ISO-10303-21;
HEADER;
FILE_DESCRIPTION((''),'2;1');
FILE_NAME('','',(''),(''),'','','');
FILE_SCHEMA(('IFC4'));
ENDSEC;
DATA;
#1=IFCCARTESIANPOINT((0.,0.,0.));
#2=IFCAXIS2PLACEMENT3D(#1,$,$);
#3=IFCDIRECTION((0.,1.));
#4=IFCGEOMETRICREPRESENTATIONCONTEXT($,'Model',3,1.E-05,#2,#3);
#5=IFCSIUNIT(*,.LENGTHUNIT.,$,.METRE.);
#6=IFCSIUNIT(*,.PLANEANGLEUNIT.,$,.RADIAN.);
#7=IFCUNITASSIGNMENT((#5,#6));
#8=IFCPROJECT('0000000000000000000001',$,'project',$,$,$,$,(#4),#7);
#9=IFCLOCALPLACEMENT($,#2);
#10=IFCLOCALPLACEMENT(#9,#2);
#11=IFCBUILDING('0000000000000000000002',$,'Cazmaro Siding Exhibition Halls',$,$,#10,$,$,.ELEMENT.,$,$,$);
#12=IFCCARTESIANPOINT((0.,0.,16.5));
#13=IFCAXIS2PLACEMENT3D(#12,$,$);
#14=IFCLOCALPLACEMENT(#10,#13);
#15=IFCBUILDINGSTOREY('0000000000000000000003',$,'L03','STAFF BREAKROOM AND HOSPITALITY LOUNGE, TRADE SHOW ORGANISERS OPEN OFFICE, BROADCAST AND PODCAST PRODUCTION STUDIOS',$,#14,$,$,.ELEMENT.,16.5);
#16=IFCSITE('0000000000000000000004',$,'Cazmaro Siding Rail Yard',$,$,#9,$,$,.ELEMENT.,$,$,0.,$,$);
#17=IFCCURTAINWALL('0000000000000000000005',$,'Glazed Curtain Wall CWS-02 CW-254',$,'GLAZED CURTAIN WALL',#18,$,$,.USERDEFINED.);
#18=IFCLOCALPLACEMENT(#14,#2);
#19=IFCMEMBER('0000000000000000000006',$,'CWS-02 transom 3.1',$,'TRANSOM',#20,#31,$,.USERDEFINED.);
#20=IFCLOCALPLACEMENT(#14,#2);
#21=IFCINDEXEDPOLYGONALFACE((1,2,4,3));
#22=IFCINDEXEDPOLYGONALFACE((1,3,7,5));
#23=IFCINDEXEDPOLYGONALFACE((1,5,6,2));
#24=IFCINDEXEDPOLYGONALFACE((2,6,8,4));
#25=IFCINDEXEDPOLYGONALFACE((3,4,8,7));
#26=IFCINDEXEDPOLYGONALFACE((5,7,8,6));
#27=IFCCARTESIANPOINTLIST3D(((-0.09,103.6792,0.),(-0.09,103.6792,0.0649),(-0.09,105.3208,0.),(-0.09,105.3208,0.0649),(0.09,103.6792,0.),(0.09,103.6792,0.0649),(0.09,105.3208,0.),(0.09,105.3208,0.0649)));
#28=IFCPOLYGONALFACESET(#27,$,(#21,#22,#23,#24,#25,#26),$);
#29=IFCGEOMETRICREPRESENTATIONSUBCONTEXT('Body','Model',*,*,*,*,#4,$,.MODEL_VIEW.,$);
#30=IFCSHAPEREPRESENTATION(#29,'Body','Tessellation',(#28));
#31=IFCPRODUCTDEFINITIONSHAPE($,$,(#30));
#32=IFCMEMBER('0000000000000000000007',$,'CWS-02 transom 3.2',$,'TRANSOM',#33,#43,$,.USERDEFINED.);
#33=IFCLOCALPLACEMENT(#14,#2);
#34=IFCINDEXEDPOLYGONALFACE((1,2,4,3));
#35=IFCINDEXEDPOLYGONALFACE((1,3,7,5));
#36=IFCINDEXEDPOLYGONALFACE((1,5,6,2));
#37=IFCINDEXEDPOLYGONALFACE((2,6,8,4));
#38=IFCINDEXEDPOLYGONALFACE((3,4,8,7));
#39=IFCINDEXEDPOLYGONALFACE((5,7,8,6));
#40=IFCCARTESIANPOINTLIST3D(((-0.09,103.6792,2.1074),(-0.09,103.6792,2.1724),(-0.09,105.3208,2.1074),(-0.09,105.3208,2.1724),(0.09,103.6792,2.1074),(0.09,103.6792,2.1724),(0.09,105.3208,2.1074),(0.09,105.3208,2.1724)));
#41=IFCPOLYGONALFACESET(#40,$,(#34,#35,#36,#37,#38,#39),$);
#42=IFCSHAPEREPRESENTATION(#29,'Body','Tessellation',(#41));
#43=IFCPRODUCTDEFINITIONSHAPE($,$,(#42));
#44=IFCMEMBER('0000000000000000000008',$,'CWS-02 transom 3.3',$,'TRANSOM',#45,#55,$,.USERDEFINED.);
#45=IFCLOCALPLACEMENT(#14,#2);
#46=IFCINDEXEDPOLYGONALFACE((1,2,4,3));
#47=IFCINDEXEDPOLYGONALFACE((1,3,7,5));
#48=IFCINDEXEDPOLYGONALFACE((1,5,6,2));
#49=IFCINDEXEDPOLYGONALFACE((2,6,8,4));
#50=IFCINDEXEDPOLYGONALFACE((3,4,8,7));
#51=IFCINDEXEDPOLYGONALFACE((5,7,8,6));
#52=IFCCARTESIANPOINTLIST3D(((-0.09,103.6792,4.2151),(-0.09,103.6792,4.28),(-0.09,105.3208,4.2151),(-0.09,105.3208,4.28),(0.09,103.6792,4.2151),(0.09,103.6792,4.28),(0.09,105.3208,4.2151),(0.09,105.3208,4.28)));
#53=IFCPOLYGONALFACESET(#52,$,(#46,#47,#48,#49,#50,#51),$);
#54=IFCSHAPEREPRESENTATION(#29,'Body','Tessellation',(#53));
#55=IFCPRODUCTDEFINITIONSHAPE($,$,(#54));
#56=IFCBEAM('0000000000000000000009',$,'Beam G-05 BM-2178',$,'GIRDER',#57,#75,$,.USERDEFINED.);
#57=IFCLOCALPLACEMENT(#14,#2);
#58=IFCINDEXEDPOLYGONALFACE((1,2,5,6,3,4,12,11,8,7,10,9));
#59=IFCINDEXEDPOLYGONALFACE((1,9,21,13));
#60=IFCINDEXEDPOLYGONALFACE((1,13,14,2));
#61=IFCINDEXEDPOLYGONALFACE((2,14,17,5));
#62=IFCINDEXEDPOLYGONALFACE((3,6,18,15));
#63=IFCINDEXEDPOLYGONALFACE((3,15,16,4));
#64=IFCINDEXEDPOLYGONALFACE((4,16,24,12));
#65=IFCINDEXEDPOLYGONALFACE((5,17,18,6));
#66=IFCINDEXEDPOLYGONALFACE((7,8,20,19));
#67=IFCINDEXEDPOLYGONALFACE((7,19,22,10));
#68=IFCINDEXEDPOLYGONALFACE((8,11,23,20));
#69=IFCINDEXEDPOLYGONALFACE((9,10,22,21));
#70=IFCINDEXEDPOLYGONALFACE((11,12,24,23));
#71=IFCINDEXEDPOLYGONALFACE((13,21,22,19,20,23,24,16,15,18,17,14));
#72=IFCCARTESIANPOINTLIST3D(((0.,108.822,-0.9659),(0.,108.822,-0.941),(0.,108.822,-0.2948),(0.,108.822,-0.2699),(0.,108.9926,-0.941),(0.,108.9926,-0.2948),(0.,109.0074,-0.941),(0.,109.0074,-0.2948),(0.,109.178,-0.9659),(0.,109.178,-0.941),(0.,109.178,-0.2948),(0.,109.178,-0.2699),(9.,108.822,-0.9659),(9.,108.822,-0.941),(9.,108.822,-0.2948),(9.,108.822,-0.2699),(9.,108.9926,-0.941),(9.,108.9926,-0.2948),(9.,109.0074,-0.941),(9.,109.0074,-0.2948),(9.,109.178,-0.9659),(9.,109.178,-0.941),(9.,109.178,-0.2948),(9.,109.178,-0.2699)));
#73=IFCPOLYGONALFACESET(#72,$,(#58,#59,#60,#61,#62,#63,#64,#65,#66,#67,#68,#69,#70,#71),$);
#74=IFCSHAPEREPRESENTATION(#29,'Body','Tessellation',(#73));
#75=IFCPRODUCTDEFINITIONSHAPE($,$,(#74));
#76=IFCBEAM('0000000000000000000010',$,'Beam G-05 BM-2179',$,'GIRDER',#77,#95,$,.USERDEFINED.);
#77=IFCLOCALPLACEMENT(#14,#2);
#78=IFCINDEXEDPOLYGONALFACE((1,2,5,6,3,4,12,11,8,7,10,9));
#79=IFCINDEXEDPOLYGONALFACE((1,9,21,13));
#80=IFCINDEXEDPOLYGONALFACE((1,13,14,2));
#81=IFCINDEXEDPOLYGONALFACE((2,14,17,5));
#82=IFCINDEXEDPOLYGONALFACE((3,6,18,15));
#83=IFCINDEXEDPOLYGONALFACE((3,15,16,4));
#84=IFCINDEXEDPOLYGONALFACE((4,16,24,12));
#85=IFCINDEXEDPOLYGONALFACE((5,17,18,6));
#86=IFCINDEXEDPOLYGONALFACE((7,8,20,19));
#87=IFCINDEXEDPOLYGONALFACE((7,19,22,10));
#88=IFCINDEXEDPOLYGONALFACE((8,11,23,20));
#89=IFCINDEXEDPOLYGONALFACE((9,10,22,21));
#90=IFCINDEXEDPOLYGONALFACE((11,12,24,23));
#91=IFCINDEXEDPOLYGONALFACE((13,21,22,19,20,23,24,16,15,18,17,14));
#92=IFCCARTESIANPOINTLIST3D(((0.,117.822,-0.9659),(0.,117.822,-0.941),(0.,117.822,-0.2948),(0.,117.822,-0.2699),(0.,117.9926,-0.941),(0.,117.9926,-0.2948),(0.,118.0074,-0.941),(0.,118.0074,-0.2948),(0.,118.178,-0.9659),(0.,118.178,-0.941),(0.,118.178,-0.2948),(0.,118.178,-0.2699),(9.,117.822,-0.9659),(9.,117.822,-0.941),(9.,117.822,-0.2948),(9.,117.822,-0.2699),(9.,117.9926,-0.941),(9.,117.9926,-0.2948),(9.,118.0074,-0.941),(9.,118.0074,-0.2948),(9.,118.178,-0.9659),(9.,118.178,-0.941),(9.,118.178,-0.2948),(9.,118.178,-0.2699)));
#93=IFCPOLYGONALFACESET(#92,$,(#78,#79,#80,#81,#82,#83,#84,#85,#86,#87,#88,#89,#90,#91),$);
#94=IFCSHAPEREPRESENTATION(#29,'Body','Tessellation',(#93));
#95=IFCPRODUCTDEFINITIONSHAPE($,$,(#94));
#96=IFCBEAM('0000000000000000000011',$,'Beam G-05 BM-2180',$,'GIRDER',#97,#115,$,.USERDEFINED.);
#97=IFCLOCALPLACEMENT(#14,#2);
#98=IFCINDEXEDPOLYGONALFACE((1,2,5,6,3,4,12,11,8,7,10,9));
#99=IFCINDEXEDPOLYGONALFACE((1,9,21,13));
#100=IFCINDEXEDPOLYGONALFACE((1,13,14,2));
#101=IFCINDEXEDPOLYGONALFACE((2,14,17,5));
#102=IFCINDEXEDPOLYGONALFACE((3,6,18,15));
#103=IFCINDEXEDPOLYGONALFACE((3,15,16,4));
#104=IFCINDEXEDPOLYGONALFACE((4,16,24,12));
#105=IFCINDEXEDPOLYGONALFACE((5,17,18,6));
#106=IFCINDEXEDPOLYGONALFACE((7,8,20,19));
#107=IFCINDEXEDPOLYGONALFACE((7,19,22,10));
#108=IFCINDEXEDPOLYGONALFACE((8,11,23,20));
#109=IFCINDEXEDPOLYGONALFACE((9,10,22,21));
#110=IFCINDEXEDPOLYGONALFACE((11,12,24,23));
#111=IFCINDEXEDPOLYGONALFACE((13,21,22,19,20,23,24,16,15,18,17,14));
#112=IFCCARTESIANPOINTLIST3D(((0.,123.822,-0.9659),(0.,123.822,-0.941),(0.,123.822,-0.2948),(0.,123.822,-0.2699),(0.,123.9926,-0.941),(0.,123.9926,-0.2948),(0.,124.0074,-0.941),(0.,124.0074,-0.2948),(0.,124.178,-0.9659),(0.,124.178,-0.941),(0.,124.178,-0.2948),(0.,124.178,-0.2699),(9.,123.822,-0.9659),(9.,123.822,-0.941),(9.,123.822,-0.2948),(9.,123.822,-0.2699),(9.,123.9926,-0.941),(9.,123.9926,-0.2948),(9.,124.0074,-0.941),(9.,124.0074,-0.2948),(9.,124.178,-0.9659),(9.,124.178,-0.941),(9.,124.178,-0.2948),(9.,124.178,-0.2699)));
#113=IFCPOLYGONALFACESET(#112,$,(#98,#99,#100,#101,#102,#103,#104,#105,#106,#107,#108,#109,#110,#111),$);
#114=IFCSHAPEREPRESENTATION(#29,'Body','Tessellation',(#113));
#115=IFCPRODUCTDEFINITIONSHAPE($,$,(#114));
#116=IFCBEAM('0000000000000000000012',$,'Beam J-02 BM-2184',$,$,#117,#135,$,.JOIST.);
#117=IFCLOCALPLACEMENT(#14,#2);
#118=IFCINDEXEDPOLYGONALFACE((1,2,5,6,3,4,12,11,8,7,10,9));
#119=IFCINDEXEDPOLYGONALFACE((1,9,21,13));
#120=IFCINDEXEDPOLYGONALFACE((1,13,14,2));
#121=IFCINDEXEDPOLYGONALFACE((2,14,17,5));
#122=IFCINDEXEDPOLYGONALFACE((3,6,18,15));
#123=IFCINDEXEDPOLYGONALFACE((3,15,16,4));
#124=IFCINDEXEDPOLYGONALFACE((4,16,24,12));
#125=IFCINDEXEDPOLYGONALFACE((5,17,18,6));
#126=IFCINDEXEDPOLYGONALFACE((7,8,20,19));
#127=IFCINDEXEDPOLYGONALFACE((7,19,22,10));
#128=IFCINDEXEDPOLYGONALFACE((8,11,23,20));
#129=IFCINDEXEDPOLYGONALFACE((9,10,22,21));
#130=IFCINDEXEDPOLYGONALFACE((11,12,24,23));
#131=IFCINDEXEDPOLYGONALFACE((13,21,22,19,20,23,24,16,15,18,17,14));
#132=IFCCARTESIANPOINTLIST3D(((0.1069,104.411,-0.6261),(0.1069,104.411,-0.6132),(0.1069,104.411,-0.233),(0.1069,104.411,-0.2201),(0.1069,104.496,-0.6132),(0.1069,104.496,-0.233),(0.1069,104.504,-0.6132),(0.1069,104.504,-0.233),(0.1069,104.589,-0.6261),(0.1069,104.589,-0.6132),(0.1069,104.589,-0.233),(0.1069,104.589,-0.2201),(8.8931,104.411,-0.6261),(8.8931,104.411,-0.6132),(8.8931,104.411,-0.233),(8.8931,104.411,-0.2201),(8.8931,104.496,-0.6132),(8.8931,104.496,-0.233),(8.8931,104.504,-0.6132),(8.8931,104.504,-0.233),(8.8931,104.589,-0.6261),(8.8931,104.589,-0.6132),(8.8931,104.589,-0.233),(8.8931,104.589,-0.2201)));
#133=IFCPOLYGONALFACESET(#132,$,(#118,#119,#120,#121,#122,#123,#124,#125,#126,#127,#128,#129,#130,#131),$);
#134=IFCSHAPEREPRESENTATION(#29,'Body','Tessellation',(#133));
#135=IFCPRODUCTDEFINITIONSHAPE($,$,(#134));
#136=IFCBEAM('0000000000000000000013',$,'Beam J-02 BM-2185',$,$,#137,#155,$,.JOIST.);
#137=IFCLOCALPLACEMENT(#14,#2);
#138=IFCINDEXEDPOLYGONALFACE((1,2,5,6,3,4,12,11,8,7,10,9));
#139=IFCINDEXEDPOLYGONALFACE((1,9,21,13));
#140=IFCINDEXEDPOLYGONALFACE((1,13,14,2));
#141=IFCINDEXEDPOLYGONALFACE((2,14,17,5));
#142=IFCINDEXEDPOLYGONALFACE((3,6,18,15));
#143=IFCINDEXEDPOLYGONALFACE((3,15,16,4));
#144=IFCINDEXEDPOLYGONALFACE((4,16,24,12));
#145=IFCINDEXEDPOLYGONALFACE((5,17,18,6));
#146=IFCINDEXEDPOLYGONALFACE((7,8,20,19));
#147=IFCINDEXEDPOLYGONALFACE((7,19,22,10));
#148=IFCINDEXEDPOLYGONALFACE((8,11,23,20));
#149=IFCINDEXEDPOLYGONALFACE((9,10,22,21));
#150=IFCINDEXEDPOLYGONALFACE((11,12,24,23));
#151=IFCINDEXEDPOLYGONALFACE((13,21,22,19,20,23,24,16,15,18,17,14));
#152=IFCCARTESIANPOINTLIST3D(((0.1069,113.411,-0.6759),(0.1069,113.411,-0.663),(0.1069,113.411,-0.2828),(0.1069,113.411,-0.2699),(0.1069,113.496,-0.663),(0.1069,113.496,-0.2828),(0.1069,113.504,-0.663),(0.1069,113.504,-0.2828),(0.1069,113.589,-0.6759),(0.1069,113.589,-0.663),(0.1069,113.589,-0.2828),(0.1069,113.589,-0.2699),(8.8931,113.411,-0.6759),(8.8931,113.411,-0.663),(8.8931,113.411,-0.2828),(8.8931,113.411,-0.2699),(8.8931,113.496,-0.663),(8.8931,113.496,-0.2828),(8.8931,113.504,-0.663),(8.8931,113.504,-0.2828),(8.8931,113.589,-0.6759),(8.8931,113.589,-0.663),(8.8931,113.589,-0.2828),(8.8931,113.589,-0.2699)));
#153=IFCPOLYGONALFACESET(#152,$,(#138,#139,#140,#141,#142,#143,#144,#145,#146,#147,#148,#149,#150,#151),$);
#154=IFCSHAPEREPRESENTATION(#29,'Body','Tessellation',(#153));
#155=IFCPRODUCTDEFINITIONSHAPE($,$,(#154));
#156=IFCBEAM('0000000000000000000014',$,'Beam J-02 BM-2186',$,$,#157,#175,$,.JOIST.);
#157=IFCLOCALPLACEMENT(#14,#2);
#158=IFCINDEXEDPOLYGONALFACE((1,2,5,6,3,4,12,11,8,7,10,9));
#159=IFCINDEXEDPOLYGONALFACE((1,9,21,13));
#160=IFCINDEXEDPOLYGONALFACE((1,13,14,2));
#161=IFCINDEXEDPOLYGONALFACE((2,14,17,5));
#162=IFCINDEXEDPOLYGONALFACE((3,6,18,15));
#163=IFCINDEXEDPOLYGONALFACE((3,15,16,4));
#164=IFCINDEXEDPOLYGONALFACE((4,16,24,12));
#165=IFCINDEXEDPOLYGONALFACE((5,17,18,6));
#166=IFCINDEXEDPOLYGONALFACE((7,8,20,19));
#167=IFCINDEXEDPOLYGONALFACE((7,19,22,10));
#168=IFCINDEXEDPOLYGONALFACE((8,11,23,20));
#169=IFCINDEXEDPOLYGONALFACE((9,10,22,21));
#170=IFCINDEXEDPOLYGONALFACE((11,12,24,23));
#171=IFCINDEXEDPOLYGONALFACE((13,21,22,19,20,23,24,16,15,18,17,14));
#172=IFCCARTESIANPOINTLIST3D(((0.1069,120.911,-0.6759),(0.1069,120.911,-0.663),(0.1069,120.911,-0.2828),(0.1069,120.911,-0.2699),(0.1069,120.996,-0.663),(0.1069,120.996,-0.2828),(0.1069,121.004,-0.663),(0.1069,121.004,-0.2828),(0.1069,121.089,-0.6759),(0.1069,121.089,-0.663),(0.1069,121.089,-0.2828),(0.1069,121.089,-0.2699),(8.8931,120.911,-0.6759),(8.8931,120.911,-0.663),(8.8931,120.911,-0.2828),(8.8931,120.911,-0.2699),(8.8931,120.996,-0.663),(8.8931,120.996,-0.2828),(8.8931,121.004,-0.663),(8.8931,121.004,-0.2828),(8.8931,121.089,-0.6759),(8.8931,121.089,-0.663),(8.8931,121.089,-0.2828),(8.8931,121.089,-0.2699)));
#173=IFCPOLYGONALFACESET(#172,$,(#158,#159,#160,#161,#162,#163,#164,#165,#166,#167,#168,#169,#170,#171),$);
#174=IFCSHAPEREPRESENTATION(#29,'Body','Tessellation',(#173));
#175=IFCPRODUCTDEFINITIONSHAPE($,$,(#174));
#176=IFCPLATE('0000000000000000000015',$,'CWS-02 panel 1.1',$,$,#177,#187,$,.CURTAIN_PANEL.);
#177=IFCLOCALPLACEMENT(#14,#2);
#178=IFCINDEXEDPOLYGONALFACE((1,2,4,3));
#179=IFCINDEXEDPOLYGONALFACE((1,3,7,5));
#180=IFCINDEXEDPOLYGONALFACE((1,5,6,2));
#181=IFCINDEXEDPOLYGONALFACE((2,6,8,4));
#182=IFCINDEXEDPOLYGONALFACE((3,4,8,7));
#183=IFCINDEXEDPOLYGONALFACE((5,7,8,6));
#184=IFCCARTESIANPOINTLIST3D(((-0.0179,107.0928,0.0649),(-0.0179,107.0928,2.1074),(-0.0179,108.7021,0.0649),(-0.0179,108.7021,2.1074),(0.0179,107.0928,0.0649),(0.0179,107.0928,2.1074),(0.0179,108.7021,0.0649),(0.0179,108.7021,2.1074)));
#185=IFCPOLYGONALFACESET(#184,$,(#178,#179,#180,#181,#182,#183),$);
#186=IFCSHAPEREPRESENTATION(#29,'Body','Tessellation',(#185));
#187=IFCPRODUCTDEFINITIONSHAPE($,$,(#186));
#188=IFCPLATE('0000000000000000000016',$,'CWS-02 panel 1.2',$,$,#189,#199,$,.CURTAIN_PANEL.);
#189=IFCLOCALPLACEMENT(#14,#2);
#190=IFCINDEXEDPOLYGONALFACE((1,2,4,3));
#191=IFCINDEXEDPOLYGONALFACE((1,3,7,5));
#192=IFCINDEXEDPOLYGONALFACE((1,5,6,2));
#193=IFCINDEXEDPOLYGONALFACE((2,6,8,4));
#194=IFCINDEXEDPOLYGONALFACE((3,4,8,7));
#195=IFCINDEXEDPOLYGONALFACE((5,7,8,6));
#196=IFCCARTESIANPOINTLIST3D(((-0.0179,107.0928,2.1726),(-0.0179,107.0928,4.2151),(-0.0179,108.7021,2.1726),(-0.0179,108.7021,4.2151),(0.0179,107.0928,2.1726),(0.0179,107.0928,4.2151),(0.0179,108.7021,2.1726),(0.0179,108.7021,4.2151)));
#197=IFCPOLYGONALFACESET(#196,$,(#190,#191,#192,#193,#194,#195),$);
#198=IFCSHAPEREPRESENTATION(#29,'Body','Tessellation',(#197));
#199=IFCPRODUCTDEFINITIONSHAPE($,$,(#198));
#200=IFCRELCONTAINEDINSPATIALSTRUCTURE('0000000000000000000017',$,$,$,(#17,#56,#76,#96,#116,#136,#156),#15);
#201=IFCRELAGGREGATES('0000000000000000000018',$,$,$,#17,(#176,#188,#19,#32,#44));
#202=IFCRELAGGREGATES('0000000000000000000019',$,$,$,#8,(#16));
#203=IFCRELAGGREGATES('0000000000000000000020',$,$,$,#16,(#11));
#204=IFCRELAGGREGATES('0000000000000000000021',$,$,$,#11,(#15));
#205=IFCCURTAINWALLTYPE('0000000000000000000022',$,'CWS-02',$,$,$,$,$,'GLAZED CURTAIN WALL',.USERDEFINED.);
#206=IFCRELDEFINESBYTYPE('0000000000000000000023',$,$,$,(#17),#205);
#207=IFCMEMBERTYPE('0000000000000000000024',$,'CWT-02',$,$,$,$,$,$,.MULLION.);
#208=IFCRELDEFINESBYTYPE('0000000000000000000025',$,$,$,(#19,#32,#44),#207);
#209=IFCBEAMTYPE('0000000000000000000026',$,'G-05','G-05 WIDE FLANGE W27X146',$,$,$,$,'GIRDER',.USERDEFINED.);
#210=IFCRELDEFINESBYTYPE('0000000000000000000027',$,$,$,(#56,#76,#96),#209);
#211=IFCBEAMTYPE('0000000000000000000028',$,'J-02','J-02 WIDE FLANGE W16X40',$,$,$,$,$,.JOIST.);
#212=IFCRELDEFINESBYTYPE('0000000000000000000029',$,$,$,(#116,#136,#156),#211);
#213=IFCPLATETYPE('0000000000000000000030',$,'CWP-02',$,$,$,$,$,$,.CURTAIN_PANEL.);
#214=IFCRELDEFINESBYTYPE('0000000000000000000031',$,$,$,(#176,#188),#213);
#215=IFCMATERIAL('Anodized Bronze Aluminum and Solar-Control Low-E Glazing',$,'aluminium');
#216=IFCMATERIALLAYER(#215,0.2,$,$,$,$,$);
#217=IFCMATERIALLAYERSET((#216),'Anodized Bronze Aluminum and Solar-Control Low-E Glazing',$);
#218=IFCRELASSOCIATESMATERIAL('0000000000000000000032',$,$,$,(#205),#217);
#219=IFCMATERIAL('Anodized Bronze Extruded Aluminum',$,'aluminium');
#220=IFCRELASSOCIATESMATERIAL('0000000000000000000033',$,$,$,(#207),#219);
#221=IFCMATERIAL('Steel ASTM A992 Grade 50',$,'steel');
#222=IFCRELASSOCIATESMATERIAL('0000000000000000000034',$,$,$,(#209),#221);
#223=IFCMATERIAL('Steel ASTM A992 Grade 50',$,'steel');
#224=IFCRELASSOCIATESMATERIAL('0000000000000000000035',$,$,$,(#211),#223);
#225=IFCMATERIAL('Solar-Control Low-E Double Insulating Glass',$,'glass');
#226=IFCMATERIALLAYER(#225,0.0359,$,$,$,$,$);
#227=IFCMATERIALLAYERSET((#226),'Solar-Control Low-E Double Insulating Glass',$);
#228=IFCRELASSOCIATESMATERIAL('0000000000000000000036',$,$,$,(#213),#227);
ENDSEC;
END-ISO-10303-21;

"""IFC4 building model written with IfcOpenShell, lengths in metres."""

from ifc_helpers import new_model, si_unit, direction, frame, origin, origin_2d, place, context, subcontext, project, spatial, rectangle, i_section, extrude, material, layer, layer_set, material_profile, profile_set, type_object, element, aggregate, save


model = new_model("IFC4")

# Units and contexts
model_context = context("Model", 3, precision=1e-05, world=origin(), true_north=direction((0.0, 1.0)))
body_context = subcontext(model_context, "Body", "Model", "MODEL_VIEW")
ifc_project = project(units=[si_unit("LENGTHUNIT", "METRE"), si_unit("PLANEANGLEUNIT", "RADIAN")], contexts=[model_context])

# Site, building, storey
site_placement = place(None, origin())
site = spatial("IfcSite", under=ifc_project, at=site_placement, Name="Cazmaro Siding Rail Yard", CompositionType="ELEMENT", RefElevation=0.0)
building_placement = place(site_placement, origin())
building = spatial("IfcBuilding", under=site, at=building_placement, Name="Cazmaro Siding Exhibition Halls", CompositionType="ELEMENT")
storey_placement = place(building_placement, frame((0.0, 0.0, 16.5)))
storey = spatial("IfcBuildingStorey", under=building, at=storey_placement, Name="L03", Description="STAFF BREAKROOM AND HOSPITALITY LOUNGE, TRADE SHOW ORGANISERS OPEN OFFICE, BROADCAST AND PODCAST PRODUCTION STUDIOS", CompositionType="ELEMENT", Elevation=16.5)

# Curtain wall, members
ifc_material_1 = material(Name="Anodized Bronze Aluminum and Solar-Control Low-E Glazing", Category="aluminium")
ifc_layer_1 = layer(ifc_material_1, 0.2)
ifc_layer_set_1 = layer_set([ifc_layer_1], Name="Anodized Bronze Aluminum and Solar-Control Low-E Glazing")
curtain_wall_type = type_object("IfcCurtainWallType", Name="CWS-02", ElementType="GLAZED CURTAIN WALL", PredefinedType="USERDEFINED", material=ifc_layer_set_1)
curtain_wall_placement = place(storey_placement, origin())
curtain_wall = element("IfcCurtainWall", 1, at=curtain_wall_placement, inside=storey, type_object=curtain_wall_type, Name="Glazed Curtain Wall CWS-02 CW-254", ObjectType="GLAZED CURTAIN WALL", PredefinedType="USERDEFINED")
ifc_material_2 = material(Name="Anodized Bronze Extruded Aluminum", Category="aluminium")
ifc_material_profile_1 = material_profile(ifc_material_2, rectangle(XDim=0.1799, YDim=0.0649, at=origin_2d()), Name="CWT-02")
ifc_profile_set_1 = profile_set([ifc_material_profile_1], Name="Anodized Bronze Extruded Aluminum")
member_type_1 = type_object("IfcMemberType", Name="CWT-02", PredefinedType="MULLION", material=ifc_profile_set_1)
member_1_placement = place(storey_placement, frame((0.0, 105.3208, 0.0325), z_axis=(0.0, -1.0, 0.0), x_axis=(1.0, 0.0, 0.0)))
member_1 = element("IfcMember", 2, at=member_1_placement, type_object=member_type_1, Name="CWS-02 transom 3.1", ObjectType="TRANSOM", PredefinedType="USERDEFINED", context=body_context, shape_type="SweptSolid", body=[
    extrude(rectangle(XDim=0.1799, YDim=0.0649, at=origin_2d()), origin(), (0.0, 0.0, 1.0), 1.6416),
])
member_2_placement = place(storey_placement, frame((0.0, 105.3208, 2.1399), z_axis=(0.0, -1.0, 0.0), x_axis=(1.0, 0.0, 0.0)))
member_2 = element("IfcMember", 3, at=member_2_placement, type_object=member_type_1, Name="CWS-02 transom 3.2", ObjectType="TRANSOM", PredefinedType="USERDEFINED", context=body_context, shape_type="SweptSolid", body=[
    extrude(rectangle(XDim=0.1799, YDim=0.0649, at=origin_2d()), origin(), (0.0, 0.0, 1.0), 1.6416),
])
member_3_placement = place(storey_placement, frame((0.0, 105.3208, 4.2476), z_axis=(0.0, -1.0, 0.0), x_axis=(1.0, 0.0, 0.0)))
member_3 = element("IfcMember", 4, at=member_3_placement, type_object=member_type_1, Name="CWS-02 transom 3.3", ObjectType="TRANSOM", PredefinedType="USERDEFINED", context=body_context, shape_type="SweptSolid", body=[
    extrude(rectangle(XDim=0.1799, YDim=0.0649, at=origin_2d()), origin(), (0.0, 0.0, 1.0), 1.6416),
])

# Beams
ifc_material_3 = material(Name="Steel ASTM A992 Grade 50", Category="steel")
ifc_material_profile_2 = material_profile(ifc_material_3, i_section(OverallWidth=0.356, OverallDepth=0.696, WebThickness=0.0149, FlangeThickness=0.0249, at=origin_2d()), Name="W27X146")
ifc_profile_set_2 = profile_set([ifc_material_profile_2], Name="Steel ASTM A992 Grade 50")
beam_type_1 = type_object("IfcBeamType", Name="G-05", Description="G-05 WIDE FLANGE W27X146", ElementType="GIRDER", PredefinedType="USERDEFINED", material=ifc_profile_set_2)
for number, where, z_axis, x_axis, name in (
    (5, (0.0, 109.0, -0.6179), (1.0, 0.0, 0.0), (0.0, 1.0, 0.0), "Beam G-05 BM-2178"),
    (6, (0.0, 118.0, -0.6179), (1.0, 0.0, 0.0), (0.0, 1.0, 0.0), "Beam G-05 BM-2179"),
    (7, (0.0, 124.0, -0.6179), (1.0, 0.0, 0.0), (0.0, 1.0, 0.0), "Beam G-05 BM-2180"),
):
    element("IfcBeam", number, at=place(storey_placement, frame(where, z_axis=z_axis, x_axis=x_axis)), inside=storey, type_object=beam_type_1, Name=name, ObjectType="GIRDER", PredefinedType="USERDEFINED", context=body_context, shape_type="SweptSolid", body=[
        extrude(i_section(OverallWidth=0.356, OverallDepth=0.696, WebThickness=0.0149, FlangeThickness=0.0249, at=origin_2d()), origin(), (0.0, 0.0, 1.0), 9.0),
    ])
ifc_material_4 = material(Name="Steel ASTM A992 Grade 50", Category="steel")
ifc_material_profile_3 = material_profile(ifc_material_4, i_section(OverallWidth=0.178, OverallDepth=0.406, WebThickness=0.0081, FlangeThickness=0.0129, at=origin_2d()), Name="W16X40")
ifc_profile_set_3 = profile_set([ifc_material_profile_3], Name="Steel ASTM A992 Grade 50")
beam_type_2 = type_object("IfcBeamType", Name="J-02", Description="J-02 WIDE FLANGE W16X40", PredefinedType="JOIST", material=ifc_profile_set_3)
for number, where, z_axis, x_axis, name in (
    (8, (0.1069, 104.5, -0.4231), (1.0, 0.0, 0.0), (0.0, 1.0, 0.0), "Beam J-02 BM-2184"),
    (9, (0.1069, 113.5, -0.4729), (1.0, 0.0, 0.0), (0.0, 1.0, 0.0), "Beam J-02 BM-2185"),
    (10, (0.1069, 121.0, -0.4729), (1.0, 0.0, 0.0), (0.0, 1.0, 0.0), "Beam J-02 BM-2186"),
):
    element("IfcBeam", number, at=place(storey_placement, frame(where, z_axis=z_axis, x_axis=x_axis)), inside=storey, type_object=beam_type_2, Name=name, PredefinedType="JOIST", context=body_context, shape_type="SweptSolid", body=[
        extrude(i_section(OverallWidth=0.178, OverallDepth=0.406, WebThickness=0.0081, FlangeThickness=0.0129, at=origin_2d()), origin(), (0.0, 0.0, 1.0), 8.7861),
    ])

# Plates
ifc_material_5 = material(Name="Solar-Control Low-E Double Insulating Glass", Category="glass")
ifc_layer_2 = layer(ifc_material_5, 0.0359)
ifc_layer_set_2 = layer_set([ifc_layer_2], Name="Solar-Control Low-E Double Insulating Glass")
plate_type = type_object("IfcPlateType", Name="CWP-02", PredefinedType="CURTAIN_PANEL", material=ifc_layer_set_2)
plate_1_placement = place(storey_placement, frame((0.0, 107.8975, 0.0649), z_axis=(0.0, 0.0, 1.0), x_axis=(0.0, -1.0, 0.0)))
plate_1 = element("IfcPlate", 11, at=plate_1_placement, type_object=plate_type, Name="CWS-02 panel 1.1", PredefinedType="CURTAIN_PANEL", context=body_context, shape_type="SweptSolid", body=[
    extrude(rectangle(XDim=1.6094, YDim=0.0359, at=origin_2d()), origin(), (0.0, 0.0, 1.0), 2.0425),
])
plate_2_placement = place(storey_placement, frame((0.0, 107.8975, 2.1726), z_axis=(0.0, 0.0, 1.0), x_axis=(0.0, -1.0, 0.0)))
plate_2 = element("IfcPlate", 12, at=plate_2_placement, type_object=plate_type, Name="CWS-02 panel 1.2", PredefinedType="CURTAIN_PANEL", context=body_context, shape_type="SweptSolid", body=[
    extrude(rectangle(XDim=1.6094, YDim=0.0359, at=origin_2d()), origin(), (0.0, 0.0, 1.0), 2.0425),
])
aggregate(curtain_wall, [plate_1, plate_2, member_1, member_2, member_3])

save(model, "model.ifc")
